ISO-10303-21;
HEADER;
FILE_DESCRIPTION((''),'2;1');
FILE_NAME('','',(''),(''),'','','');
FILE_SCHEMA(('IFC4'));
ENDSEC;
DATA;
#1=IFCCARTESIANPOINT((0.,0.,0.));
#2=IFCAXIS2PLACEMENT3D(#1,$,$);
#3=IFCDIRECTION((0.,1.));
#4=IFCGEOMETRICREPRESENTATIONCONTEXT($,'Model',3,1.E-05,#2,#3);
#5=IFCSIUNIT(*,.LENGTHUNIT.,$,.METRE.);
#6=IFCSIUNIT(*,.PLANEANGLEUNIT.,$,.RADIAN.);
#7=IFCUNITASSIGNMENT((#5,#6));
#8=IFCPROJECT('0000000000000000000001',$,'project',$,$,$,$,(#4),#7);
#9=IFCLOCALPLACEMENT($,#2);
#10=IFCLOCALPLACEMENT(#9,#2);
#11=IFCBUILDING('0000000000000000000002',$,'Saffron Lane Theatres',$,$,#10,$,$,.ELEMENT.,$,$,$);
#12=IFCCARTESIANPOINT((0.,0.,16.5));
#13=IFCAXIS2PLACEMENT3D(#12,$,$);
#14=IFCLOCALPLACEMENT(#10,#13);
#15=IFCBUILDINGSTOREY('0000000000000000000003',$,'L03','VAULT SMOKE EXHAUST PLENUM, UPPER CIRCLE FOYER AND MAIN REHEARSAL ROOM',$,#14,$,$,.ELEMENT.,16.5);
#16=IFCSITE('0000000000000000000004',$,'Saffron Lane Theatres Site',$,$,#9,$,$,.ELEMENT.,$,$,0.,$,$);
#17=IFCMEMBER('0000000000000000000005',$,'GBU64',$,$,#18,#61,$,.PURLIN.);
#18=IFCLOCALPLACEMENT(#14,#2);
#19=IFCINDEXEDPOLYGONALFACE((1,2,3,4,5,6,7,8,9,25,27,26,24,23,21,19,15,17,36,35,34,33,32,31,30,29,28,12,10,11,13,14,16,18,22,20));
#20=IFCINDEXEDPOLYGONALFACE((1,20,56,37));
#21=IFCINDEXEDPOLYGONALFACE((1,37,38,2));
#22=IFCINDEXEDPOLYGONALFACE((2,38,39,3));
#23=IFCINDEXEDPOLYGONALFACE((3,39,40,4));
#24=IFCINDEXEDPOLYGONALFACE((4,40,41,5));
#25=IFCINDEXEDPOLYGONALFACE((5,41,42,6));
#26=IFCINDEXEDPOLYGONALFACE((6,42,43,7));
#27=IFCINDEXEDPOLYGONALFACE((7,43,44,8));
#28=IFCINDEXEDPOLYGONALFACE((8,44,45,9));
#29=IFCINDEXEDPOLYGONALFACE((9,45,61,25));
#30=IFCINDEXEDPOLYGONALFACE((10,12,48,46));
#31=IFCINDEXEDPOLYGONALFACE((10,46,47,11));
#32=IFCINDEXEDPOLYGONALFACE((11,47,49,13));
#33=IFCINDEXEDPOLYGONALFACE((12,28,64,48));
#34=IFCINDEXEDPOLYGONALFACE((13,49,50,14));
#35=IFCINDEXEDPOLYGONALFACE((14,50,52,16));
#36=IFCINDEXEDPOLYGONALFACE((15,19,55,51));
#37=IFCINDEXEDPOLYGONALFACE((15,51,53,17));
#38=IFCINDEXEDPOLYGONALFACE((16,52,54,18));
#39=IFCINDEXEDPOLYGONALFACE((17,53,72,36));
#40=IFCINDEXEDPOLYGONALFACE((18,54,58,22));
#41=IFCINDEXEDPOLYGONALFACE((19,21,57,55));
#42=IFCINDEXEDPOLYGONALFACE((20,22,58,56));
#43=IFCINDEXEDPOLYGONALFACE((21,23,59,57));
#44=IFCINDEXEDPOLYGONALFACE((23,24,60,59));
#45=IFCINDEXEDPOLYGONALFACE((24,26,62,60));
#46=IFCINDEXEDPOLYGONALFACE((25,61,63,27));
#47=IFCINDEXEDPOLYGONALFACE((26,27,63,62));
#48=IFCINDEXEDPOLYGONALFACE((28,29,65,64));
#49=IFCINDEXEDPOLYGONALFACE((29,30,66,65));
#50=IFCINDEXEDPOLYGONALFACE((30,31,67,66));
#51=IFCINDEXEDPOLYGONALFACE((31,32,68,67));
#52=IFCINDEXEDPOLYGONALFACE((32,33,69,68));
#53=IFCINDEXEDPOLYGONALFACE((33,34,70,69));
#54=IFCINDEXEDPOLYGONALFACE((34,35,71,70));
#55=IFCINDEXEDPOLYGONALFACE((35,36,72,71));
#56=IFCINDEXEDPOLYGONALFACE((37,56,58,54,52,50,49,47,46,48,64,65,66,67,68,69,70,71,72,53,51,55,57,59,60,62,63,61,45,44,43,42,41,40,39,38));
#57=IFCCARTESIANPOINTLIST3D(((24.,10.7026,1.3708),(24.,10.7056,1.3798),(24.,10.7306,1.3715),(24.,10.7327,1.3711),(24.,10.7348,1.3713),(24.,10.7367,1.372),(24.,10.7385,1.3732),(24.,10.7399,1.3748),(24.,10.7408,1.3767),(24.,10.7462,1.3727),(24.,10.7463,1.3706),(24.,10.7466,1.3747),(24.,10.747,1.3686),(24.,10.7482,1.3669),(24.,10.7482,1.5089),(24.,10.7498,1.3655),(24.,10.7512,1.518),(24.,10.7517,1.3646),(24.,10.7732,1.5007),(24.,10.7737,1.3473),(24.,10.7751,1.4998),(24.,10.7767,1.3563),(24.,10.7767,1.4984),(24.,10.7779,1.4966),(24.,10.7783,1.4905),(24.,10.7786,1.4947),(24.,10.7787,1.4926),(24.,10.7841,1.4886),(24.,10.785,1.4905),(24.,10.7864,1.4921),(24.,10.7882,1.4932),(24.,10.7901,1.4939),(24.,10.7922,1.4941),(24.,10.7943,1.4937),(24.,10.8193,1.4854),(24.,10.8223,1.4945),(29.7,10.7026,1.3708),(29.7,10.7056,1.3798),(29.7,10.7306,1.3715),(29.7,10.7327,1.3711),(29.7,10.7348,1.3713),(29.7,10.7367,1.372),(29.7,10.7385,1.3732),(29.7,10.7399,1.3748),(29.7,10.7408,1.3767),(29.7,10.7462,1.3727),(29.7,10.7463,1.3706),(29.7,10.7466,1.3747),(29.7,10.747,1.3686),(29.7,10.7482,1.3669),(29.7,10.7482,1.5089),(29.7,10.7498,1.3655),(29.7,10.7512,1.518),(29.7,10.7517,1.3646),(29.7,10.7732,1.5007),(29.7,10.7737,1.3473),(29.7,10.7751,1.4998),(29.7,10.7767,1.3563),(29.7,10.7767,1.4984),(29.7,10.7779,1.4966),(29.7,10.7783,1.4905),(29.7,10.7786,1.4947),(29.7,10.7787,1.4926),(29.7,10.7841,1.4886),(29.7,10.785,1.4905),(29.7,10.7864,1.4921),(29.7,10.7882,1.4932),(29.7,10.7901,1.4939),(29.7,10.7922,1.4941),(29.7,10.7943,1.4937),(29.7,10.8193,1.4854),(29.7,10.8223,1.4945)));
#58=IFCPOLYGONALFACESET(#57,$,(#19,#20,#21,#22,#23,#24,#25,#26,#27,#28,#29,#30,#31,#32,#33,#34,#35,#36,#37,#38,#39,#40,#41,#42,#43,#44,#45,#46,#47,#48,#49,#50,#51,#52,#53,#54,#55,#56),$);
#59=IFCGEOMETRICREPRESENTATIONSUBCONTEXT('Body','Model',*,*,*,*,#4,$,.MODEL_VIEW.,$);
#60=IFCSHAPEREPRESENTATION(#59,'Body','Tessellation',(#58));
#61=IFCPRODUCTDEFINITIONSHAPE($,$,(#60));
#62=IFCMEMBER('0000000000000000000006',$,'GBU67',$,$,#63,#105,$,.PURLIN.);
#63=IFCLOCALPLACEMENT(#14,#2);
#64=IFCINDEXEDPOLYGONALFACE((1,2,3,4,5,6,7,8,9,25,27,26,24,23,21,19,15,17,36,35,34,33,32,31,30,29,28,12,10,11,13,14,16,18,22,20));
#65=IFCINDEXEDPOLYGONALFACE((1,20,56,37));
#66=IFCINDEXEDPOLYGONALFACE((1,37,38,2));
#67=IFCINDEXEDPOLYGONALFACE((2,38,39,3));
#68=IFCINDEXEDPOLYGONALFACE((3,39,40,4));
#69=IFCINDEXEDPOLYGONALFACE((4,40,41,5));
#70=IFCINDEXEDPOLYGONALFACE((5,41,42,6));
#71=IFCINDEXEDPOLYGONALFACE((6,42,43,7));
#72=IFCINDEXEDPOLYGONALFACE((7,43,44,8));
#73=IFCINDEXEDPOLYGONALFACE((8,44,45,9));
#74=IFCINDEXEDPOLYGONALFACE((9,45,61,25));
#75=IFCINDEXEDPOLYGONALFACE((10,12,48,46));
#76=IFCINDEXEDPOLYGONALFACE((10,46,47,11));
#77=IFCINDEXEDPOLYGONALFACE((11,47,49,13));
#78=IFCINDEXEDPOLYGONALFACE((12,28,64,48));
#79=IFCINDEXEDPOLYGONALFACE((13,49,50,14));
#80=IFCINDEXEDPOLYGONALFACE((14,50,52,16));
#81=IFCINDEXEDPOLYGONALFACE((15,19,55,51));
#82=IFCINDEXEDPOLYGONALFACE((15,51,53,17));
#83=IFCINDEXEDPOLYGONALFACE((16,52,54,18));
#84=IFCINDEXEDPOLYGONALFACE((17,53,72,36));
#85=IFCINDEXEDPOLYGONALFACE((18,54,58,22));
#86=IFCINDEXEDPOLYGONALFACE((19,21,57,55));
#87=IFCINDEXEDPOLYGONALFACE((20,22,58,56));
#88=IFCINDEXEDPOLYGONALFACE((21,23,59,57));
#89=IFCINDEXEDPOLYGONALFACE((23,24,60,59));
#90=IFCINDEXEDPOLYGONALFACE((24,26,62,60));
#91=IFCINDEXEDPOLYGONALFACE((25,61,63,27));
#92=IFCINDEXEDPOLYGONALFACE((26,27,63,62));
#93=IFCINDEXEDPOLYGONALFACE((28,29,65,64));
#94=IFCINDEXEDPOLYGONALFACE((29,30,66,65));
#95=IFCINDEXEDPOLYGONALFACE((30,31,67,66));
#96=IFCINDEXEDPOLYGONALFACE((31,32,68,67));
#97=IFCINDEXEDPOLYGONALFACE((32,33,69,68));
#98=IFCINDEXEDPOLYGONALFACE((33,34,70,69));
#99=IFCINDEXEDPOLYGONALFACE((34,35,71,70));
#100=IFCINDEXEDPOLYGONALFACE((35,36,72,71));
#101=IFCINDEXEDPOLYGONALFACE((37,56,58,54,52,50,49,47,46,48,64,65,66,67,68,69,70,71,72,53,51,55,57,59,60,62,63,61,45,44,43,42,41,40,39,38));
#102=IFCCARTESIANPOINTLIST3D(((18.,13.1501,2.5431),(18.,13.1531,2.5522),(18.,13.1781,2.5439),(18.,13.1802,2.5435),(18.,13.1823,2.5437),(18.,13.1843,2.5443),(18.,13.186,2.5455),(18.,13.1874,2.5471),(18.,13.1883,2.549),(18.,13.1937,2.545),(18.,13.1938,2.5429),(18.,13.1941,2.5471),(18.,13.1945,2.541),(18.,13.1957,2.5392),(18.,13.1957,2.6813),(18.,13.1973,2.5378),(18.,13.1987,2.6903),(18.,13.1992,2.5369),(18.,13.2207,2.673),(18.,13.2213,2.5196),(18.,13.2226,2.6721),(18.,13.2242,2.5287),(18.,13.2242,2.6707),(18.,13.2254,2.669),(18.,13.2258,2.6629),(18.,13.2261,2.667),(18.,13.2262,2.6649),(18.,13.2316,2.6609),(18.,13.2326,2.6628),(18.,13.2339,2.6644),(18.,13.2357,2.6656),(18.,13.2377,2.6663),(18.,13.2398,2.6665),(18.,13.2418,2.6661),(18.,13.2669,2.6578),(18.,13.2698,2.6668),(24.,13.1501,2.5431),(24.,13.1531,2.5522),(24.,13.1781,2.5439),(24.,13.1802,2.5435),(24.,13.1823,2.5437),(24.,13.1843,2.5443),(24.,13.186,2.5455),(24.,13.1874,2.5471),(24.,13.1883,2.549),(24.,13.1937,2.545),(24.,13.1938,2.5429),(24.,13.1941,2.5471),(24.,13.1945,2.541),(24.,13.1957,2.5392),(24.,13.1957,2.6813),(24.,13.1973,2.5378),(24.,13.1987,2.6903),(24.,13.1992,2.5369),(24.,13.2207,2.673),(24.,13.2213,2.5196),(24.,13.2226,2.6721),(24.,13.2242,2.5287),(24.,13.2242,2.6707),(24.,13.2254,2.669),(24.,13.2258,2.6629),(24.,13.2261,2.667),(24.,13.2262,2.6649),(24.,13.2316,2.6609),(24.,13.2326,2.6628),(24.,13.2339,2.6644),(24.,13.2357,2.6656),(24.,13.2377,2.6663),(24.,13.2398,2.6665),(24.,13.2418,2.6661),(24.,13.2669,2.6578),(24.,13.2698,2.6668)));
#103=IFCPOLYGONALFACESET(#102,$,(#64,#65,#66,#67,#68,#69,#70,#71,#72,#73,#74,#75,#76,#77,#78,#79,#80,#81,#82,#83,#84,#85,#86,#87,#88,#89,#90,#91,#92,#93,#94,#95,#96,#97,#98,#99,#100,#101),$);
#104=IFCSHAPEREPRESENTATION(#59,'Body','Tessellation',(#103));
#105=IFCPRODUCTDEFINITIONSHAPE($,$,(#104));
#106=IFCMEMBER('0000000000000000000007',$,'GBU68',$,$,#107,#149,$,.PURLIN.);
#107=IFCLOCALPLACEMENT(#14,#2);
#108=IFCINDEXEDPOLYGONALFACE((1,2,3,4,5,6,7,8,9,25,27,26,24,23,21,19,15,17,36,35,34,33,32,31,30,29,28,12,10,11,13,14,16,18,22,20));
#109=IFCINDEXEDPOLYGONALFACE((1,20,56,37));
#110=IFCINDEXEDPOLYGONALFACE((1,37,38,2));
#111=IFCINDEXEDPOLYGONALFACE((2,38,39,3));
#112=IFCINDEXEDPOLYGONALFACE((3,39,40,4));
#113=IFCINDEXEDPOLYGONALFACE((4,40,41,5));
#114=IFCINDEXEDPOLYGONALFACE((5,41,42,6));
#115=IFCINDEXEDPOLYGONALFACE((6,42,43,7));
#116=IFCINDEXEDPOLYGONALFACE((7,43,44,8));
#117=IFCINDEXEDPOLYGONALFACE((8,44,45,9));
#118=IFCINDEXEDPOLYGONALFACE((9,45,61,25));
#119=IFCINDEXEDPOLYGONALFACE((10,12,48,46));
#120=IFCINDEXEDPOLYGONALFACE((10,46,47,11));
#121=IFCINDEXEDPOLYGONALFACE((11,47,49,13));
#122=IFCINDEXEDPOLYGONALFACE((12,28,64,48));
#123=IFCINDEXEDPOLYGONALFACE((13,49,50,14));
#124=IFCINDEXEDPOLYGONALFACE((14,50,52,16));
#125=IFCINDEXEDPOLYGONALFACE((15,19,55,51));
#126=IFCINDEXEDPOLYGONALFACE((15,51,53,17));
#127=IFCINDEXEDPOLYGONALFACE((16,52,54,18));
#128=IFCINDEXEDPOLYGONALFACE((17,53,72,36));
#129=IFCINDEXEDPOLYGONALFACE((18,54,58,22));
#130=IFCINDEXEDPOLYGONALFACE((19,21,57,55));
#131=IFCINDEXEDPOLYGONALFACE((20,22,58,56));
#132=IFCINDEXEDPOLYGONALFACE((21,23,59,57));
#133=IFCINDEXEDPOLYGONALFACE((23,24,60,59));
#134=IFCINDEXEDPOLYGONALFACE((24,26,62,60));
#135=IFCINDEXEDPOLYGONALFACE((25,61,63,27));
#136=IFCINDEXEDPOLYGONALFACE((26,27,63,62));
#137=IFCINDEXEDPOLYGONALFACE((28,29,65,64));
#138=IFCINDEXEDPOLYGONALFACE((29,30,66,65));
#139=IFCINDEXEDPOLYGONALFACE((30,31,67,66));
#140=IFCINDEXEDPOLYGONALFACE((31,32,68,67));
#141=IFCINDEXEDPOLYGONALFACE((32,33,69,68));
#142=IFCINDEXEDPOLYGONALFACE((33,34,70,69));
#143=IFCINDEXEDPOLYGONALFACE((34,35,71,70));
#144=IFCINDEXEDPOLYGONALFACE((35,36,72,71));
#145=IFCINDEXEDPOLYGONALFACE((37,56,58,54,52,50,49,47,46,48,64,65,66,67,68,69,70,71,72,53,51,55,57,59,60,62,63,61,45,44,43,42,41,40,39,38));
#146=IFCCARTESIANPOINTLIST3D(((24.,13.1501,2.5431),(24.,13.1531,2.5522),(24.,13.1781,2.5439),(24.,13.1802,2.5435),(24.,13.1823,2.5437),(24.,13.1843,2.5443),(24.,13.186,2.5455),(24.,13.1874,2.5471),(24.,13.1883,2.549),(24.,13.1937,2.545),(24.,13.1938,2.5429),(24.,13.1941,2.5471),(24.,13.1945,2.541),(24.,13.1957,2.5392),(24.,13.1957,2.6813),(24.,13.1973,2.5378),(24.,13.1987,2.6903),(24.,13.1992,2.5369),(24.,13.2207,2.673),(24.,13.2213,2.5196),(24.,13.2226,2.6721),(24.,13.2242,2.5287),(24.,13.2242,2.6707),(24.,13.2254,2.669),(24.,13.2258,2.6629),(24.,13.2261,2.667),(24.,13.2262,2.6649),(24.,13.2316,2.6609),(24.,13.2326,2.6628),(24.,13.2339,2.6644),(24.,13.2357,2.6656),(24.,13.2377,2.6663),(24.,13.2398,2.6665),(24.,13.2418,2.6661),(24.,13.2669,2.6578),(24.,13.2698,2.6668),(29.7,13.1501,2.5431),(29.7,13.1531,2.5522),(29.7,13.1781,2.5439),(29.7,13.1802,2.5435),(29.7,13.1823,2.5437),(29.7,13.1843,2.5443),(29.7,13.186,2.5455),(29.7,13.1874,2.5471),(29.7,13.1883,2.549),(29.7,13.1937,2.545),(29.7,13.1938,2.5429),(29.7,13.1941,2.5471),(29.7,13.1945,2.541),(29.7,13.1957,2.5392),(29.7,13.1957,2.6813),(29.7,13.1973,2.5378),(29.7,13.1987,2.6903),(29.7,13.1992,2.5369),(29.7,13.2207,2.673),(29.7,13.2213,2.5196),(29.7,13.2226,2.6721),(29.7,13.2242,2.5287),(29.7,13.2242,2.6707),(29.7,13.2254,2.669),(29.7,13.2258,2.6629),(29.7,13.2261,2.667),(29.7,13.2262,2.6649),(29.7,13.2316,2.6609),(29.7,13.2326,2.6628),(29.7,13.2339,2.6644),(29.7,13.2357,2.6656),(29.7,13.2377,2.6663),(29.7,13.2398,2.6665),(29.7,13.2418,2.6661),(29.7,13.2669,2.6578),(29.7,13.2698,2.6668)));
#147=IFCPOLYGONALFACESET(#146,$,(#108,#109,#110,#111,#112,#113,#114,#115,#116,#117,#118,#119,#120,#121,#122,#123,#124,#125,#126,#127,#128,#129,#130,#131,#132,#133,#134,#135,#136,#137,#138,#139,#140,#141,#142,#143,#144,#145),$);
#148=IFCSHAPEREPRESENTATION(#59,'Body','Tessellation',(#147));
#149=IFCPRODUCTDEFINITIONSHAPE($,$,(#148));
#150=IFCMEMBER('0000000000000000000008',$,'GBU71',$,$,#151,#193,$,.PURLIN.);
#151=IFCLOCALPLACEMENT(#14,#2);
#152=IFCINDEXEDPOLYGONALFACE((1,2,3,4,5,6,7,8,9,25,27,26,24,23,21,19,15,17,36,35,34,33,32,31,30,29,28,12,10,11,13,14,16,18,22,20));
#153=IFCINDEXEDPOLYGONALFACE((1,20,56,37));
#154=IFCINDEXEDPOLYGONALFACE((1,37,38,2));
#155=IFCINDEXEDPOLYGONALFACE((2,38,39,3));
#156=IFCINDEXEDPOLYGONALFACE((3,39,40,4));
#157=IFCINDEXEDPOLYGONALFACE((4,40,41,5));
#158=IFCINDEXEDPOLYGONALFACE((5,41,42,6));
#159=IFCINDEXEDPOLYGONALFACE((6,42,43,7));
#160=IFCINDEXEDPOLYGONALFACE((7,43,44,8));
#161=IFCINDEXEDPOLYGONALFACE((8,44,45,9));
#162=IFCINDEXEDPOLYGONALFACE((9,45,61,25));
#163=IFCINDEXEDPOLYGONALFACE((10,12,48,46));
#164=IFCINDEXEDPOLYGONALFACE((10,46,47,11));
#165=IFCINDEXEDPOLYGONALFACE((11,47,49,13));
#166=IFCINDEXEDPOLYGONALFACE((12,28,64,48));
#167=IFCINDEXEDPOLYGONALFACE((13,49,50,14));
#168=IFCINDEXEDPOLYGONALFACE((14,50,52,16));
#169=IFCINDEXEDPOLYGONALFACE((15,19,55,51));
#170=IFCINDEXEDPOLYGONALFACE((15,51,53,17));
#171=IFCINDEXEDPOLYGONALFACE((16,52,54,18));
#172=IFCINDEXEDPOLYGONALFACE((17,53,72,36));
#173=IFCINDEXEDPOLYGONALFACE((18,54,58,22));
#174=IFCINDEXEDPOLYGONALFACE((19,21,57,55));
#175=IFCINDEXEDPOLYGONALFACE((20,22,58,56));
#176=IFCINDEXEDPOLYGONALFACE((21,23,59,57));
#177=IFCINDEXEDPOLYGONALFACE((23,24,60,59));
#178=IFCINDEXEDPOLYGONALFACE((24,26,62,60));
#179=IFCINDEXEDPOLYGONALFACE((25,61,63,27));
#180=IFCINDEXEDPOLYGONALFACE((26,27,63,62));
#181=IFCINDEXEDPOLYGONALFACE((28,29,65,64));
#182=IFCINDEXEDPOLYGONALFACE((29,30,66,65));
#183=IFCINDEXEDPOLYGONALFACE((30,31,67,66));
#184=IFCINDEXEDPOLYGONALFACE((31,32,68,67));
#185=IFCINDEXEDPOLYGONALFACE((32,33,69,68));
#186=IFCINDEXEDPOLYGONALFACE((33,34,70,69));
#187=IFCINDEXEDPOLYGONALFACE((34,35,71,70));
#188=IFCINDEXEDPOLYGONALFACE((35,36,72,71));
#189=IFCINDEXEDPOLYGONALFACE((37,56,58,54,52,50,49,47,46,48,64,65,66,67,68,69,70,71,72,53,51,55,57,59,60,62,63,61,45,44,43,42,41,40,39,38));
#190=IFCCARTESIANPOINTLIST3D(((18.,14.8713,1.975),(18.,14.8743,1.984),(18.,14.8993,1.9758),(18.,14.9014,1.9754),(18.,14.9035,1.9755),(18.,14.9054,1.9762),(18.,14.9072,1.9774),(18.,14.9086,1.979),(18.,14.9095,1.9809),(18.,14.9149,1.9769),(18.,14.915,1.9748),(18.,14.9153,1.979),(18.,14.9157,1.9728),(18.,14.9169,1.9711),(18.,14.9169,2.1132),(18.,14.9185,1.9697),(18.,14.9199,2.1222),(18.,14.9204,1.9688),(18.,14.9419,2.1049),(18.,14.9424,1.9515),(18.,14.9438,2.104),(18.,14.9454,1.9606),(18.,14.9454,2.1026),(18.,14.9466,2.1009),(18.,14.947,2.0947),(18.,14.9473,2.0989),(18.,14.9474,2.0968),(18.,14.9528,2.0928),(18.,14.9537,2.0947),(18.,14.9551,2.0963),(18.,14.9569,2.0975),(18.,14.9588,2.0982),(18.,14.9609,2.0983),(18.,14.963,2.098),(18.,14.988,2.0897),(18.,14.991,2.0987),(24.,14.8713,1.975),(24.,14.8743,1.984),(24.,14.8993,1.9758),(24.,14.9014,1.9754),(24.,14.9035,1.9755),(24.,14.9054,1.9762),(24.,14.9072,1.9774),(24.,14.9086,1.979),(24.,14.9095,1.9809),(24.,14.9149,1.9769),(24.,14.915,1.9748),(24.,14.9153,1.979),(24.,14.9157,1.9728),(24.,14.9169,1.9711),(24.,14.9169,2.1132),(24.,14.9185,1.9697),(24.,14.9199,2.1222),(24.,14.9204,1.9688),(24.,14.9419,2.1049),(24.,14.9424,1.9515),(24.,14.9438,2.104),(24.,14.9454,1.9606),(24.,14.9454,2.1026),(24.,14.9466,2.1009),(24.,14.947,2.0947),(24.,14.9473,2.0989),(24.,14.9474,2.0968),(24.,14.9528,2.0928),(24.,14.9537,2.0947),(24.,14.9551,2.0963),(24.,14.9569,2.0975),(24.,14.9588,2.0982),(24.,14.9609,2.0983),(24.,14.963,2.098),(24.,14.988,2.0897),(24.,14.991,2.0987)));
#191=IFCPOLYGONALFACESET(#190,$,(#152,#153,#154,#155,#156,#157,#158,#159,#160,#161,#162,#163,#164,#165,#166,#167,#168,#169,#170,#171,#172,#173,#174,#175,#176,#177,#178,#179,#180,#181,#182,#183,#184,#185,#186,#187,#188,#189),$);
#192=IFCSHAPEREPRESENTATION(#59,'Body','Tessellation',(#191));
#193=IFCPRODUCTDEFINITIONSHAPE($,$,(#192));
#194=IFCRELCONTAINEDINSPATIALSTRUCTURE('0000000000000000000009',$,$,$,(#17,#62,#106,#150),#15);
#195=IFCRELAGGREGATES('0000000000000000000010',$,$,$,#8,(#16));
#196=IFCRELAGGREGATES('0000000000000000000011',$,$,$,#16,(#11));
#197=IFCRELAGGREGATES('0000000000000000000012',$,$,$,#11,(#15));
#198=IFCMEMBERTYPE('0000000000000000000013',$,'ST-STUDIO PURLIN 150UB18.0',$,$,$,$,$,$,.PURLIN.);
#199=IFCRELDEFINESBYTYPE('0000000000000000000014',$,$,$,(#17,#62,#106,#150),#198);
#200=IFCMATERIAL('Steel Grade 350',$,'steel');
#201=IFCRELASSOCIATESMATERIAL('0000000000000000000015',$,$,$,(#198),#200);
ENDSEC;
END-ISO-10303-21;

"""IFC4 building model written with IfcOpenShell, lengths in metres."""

from ifc_helpers import new_model, si_unit, direction, frame, origin, origin_2d, place, context, subcontext, project, spatial, i_section, extrude, material, material_profile, profile_set, type_object, element, save


model = new_model("IFC4")

# Units and contexts
model_context = context("Model", 3, precision=1e-05, world=origin(), true_north=direction((0.0, 1.0)))
body_context = subcontext(model_context, "Body", "Model", "MODEL_VIEW")
ifc_project = project(units=[si_unit("LENGTHUNIT", "METRE"), si_unit("PLANEANGLEUNIT", "RADIAN")], contexts=[model_context])

# Site, building, storey
site_placement = place(None, origin())
site = spatial("IfcSite", under=ifc_project, at=site_placement, Name="Saffron Lane Theatres Site", CompositionType="ELEMENT", RefElevation=0.0)
building_placement = place(site_placement, origin())
building = spatial("IfcBuilding", under=site, at=building_placement, Name="Saffron Lane Theatres", CompositionType="ELEMENT")
storey_placement = place(building_placement, frame((0.0, 0.0, 16.5)))
storey = spatial("IfcBuildingStorey", under=building, at=storey_placement, Name="L03", Description="VAULT SMOKE EXHAUST PLENUM, UPPER CIRCLE FOYER AND MAIN REHEARSAL ROOM", CompositionType="ELEMENT", Elevation=16.5)

# Members
ifc_material_1 = material(Name="Steel Grade 350", Category="steel")
ifc_material_profile_1 = material_profile(ifc_material_1, i_section(OverallWidth=0.075, OverallDepth=0.155, WebThickness=0.0061, FlangeThickness=0.0095, FilletRadius=0.0081, at=origin_2d()))
ifc_profile_set_1 = profile_set([ifc_material_profile_1], Name="Steel Grade 350")
member_type_1 = type_object("IfcMemberType", Name="ST-STUDIO PURLIN 150UB18.0", PredefinedType="PURLIN", material=ifc_profile_set_1)
member_1_placement = place(storey_placement, frame((24.0, 10.7625, 1.4326), z_axis=(1.0, 0.0, 0.0), x_axis=(0.0, 0.949629, -0.313377)))
element("IfcMember", 1, at=member_1_placement, inside=storey, type_object=member_type_1, Name="GBU64", PredefinedType="PURLIN", context=body_context, shape_type="SweptSolid", body=[
    extrude(i_section(OverallWidth=0.075, OverallDepth=0.155, WebThickness=0.0061, FlangeThickness=0.0095, FilletRadius=0.0081, at=origin_2d()), origin(), (0.0, 0.0, 1.0), 5.7),
])
member_2_placement = place(storey_placement, frame((18.0, 13.21, 2.605), z_axis=(1.0, 0.0, 0.0), x_axis=(0.0, 0.949629, -0.313377)))
element("IfcMember", 2, at=member_2_placement, inside=storey, type_object=member_type_1, Name="GBU67", PredefinedType="PURLIN", context=body_context, shape_type="SweptSolid", body=[
    extrude(i_section(OverallWidth=0.075, OverallDepth=0.155, WebThickness=0.0061, FlangeThickness=0.0095, FilletRadius=0.0081, at=origin_2d()), origin(), (0.0, 0.0, 1.0), 6.0),
])
member_3_placement = place(storey_placement, frame((24.0, 13.21, 2.605), z_axis=(1.0, 0.0, 0.0), x_axis=(0.0, 0.949629, -0.313377)))
element("IfcMember", 3, at=member_3_placement, inside=storey, type_object=member_type_1, Name="GBU68", PredefinedType="PURLIN", context=body_context, shape_type="SweptSolid", body=[
    extrude(i_section(OverallWidth=0.075, OverallDepth=0.155, WebThickness=0.0061, FlangeThickness=0.0095, FilletRadius=0.0081, at=origin_2d()), origin(), (0.0, 0.0, 1.0), 5.7),
])
member_4_placement = place(storey_placement, frame((18.0, 14.9312, 2.0369), z_axis=(1.0, 0.0, 0.0), x_axis=(0.0, 0.949629, -0.313377)))
element("IfcMember", 4, at=member_4_placement, inside=storey, type_object=member_type_1, Name="GBU71", PredefinedType="PURLIN", context=body_context, shape_type="SweptSolid", body=[
    extrude(i_section(OverallWidth=0.075, OverallDepth=0.155, WebThickness=0.0061, FlangeThickness=0.0095, FilletRadius=0.0081, at=origin_2d()), origin(), (0.0, 0.0, 1.0), 6.0),
])

save(model, "model.ifc")
